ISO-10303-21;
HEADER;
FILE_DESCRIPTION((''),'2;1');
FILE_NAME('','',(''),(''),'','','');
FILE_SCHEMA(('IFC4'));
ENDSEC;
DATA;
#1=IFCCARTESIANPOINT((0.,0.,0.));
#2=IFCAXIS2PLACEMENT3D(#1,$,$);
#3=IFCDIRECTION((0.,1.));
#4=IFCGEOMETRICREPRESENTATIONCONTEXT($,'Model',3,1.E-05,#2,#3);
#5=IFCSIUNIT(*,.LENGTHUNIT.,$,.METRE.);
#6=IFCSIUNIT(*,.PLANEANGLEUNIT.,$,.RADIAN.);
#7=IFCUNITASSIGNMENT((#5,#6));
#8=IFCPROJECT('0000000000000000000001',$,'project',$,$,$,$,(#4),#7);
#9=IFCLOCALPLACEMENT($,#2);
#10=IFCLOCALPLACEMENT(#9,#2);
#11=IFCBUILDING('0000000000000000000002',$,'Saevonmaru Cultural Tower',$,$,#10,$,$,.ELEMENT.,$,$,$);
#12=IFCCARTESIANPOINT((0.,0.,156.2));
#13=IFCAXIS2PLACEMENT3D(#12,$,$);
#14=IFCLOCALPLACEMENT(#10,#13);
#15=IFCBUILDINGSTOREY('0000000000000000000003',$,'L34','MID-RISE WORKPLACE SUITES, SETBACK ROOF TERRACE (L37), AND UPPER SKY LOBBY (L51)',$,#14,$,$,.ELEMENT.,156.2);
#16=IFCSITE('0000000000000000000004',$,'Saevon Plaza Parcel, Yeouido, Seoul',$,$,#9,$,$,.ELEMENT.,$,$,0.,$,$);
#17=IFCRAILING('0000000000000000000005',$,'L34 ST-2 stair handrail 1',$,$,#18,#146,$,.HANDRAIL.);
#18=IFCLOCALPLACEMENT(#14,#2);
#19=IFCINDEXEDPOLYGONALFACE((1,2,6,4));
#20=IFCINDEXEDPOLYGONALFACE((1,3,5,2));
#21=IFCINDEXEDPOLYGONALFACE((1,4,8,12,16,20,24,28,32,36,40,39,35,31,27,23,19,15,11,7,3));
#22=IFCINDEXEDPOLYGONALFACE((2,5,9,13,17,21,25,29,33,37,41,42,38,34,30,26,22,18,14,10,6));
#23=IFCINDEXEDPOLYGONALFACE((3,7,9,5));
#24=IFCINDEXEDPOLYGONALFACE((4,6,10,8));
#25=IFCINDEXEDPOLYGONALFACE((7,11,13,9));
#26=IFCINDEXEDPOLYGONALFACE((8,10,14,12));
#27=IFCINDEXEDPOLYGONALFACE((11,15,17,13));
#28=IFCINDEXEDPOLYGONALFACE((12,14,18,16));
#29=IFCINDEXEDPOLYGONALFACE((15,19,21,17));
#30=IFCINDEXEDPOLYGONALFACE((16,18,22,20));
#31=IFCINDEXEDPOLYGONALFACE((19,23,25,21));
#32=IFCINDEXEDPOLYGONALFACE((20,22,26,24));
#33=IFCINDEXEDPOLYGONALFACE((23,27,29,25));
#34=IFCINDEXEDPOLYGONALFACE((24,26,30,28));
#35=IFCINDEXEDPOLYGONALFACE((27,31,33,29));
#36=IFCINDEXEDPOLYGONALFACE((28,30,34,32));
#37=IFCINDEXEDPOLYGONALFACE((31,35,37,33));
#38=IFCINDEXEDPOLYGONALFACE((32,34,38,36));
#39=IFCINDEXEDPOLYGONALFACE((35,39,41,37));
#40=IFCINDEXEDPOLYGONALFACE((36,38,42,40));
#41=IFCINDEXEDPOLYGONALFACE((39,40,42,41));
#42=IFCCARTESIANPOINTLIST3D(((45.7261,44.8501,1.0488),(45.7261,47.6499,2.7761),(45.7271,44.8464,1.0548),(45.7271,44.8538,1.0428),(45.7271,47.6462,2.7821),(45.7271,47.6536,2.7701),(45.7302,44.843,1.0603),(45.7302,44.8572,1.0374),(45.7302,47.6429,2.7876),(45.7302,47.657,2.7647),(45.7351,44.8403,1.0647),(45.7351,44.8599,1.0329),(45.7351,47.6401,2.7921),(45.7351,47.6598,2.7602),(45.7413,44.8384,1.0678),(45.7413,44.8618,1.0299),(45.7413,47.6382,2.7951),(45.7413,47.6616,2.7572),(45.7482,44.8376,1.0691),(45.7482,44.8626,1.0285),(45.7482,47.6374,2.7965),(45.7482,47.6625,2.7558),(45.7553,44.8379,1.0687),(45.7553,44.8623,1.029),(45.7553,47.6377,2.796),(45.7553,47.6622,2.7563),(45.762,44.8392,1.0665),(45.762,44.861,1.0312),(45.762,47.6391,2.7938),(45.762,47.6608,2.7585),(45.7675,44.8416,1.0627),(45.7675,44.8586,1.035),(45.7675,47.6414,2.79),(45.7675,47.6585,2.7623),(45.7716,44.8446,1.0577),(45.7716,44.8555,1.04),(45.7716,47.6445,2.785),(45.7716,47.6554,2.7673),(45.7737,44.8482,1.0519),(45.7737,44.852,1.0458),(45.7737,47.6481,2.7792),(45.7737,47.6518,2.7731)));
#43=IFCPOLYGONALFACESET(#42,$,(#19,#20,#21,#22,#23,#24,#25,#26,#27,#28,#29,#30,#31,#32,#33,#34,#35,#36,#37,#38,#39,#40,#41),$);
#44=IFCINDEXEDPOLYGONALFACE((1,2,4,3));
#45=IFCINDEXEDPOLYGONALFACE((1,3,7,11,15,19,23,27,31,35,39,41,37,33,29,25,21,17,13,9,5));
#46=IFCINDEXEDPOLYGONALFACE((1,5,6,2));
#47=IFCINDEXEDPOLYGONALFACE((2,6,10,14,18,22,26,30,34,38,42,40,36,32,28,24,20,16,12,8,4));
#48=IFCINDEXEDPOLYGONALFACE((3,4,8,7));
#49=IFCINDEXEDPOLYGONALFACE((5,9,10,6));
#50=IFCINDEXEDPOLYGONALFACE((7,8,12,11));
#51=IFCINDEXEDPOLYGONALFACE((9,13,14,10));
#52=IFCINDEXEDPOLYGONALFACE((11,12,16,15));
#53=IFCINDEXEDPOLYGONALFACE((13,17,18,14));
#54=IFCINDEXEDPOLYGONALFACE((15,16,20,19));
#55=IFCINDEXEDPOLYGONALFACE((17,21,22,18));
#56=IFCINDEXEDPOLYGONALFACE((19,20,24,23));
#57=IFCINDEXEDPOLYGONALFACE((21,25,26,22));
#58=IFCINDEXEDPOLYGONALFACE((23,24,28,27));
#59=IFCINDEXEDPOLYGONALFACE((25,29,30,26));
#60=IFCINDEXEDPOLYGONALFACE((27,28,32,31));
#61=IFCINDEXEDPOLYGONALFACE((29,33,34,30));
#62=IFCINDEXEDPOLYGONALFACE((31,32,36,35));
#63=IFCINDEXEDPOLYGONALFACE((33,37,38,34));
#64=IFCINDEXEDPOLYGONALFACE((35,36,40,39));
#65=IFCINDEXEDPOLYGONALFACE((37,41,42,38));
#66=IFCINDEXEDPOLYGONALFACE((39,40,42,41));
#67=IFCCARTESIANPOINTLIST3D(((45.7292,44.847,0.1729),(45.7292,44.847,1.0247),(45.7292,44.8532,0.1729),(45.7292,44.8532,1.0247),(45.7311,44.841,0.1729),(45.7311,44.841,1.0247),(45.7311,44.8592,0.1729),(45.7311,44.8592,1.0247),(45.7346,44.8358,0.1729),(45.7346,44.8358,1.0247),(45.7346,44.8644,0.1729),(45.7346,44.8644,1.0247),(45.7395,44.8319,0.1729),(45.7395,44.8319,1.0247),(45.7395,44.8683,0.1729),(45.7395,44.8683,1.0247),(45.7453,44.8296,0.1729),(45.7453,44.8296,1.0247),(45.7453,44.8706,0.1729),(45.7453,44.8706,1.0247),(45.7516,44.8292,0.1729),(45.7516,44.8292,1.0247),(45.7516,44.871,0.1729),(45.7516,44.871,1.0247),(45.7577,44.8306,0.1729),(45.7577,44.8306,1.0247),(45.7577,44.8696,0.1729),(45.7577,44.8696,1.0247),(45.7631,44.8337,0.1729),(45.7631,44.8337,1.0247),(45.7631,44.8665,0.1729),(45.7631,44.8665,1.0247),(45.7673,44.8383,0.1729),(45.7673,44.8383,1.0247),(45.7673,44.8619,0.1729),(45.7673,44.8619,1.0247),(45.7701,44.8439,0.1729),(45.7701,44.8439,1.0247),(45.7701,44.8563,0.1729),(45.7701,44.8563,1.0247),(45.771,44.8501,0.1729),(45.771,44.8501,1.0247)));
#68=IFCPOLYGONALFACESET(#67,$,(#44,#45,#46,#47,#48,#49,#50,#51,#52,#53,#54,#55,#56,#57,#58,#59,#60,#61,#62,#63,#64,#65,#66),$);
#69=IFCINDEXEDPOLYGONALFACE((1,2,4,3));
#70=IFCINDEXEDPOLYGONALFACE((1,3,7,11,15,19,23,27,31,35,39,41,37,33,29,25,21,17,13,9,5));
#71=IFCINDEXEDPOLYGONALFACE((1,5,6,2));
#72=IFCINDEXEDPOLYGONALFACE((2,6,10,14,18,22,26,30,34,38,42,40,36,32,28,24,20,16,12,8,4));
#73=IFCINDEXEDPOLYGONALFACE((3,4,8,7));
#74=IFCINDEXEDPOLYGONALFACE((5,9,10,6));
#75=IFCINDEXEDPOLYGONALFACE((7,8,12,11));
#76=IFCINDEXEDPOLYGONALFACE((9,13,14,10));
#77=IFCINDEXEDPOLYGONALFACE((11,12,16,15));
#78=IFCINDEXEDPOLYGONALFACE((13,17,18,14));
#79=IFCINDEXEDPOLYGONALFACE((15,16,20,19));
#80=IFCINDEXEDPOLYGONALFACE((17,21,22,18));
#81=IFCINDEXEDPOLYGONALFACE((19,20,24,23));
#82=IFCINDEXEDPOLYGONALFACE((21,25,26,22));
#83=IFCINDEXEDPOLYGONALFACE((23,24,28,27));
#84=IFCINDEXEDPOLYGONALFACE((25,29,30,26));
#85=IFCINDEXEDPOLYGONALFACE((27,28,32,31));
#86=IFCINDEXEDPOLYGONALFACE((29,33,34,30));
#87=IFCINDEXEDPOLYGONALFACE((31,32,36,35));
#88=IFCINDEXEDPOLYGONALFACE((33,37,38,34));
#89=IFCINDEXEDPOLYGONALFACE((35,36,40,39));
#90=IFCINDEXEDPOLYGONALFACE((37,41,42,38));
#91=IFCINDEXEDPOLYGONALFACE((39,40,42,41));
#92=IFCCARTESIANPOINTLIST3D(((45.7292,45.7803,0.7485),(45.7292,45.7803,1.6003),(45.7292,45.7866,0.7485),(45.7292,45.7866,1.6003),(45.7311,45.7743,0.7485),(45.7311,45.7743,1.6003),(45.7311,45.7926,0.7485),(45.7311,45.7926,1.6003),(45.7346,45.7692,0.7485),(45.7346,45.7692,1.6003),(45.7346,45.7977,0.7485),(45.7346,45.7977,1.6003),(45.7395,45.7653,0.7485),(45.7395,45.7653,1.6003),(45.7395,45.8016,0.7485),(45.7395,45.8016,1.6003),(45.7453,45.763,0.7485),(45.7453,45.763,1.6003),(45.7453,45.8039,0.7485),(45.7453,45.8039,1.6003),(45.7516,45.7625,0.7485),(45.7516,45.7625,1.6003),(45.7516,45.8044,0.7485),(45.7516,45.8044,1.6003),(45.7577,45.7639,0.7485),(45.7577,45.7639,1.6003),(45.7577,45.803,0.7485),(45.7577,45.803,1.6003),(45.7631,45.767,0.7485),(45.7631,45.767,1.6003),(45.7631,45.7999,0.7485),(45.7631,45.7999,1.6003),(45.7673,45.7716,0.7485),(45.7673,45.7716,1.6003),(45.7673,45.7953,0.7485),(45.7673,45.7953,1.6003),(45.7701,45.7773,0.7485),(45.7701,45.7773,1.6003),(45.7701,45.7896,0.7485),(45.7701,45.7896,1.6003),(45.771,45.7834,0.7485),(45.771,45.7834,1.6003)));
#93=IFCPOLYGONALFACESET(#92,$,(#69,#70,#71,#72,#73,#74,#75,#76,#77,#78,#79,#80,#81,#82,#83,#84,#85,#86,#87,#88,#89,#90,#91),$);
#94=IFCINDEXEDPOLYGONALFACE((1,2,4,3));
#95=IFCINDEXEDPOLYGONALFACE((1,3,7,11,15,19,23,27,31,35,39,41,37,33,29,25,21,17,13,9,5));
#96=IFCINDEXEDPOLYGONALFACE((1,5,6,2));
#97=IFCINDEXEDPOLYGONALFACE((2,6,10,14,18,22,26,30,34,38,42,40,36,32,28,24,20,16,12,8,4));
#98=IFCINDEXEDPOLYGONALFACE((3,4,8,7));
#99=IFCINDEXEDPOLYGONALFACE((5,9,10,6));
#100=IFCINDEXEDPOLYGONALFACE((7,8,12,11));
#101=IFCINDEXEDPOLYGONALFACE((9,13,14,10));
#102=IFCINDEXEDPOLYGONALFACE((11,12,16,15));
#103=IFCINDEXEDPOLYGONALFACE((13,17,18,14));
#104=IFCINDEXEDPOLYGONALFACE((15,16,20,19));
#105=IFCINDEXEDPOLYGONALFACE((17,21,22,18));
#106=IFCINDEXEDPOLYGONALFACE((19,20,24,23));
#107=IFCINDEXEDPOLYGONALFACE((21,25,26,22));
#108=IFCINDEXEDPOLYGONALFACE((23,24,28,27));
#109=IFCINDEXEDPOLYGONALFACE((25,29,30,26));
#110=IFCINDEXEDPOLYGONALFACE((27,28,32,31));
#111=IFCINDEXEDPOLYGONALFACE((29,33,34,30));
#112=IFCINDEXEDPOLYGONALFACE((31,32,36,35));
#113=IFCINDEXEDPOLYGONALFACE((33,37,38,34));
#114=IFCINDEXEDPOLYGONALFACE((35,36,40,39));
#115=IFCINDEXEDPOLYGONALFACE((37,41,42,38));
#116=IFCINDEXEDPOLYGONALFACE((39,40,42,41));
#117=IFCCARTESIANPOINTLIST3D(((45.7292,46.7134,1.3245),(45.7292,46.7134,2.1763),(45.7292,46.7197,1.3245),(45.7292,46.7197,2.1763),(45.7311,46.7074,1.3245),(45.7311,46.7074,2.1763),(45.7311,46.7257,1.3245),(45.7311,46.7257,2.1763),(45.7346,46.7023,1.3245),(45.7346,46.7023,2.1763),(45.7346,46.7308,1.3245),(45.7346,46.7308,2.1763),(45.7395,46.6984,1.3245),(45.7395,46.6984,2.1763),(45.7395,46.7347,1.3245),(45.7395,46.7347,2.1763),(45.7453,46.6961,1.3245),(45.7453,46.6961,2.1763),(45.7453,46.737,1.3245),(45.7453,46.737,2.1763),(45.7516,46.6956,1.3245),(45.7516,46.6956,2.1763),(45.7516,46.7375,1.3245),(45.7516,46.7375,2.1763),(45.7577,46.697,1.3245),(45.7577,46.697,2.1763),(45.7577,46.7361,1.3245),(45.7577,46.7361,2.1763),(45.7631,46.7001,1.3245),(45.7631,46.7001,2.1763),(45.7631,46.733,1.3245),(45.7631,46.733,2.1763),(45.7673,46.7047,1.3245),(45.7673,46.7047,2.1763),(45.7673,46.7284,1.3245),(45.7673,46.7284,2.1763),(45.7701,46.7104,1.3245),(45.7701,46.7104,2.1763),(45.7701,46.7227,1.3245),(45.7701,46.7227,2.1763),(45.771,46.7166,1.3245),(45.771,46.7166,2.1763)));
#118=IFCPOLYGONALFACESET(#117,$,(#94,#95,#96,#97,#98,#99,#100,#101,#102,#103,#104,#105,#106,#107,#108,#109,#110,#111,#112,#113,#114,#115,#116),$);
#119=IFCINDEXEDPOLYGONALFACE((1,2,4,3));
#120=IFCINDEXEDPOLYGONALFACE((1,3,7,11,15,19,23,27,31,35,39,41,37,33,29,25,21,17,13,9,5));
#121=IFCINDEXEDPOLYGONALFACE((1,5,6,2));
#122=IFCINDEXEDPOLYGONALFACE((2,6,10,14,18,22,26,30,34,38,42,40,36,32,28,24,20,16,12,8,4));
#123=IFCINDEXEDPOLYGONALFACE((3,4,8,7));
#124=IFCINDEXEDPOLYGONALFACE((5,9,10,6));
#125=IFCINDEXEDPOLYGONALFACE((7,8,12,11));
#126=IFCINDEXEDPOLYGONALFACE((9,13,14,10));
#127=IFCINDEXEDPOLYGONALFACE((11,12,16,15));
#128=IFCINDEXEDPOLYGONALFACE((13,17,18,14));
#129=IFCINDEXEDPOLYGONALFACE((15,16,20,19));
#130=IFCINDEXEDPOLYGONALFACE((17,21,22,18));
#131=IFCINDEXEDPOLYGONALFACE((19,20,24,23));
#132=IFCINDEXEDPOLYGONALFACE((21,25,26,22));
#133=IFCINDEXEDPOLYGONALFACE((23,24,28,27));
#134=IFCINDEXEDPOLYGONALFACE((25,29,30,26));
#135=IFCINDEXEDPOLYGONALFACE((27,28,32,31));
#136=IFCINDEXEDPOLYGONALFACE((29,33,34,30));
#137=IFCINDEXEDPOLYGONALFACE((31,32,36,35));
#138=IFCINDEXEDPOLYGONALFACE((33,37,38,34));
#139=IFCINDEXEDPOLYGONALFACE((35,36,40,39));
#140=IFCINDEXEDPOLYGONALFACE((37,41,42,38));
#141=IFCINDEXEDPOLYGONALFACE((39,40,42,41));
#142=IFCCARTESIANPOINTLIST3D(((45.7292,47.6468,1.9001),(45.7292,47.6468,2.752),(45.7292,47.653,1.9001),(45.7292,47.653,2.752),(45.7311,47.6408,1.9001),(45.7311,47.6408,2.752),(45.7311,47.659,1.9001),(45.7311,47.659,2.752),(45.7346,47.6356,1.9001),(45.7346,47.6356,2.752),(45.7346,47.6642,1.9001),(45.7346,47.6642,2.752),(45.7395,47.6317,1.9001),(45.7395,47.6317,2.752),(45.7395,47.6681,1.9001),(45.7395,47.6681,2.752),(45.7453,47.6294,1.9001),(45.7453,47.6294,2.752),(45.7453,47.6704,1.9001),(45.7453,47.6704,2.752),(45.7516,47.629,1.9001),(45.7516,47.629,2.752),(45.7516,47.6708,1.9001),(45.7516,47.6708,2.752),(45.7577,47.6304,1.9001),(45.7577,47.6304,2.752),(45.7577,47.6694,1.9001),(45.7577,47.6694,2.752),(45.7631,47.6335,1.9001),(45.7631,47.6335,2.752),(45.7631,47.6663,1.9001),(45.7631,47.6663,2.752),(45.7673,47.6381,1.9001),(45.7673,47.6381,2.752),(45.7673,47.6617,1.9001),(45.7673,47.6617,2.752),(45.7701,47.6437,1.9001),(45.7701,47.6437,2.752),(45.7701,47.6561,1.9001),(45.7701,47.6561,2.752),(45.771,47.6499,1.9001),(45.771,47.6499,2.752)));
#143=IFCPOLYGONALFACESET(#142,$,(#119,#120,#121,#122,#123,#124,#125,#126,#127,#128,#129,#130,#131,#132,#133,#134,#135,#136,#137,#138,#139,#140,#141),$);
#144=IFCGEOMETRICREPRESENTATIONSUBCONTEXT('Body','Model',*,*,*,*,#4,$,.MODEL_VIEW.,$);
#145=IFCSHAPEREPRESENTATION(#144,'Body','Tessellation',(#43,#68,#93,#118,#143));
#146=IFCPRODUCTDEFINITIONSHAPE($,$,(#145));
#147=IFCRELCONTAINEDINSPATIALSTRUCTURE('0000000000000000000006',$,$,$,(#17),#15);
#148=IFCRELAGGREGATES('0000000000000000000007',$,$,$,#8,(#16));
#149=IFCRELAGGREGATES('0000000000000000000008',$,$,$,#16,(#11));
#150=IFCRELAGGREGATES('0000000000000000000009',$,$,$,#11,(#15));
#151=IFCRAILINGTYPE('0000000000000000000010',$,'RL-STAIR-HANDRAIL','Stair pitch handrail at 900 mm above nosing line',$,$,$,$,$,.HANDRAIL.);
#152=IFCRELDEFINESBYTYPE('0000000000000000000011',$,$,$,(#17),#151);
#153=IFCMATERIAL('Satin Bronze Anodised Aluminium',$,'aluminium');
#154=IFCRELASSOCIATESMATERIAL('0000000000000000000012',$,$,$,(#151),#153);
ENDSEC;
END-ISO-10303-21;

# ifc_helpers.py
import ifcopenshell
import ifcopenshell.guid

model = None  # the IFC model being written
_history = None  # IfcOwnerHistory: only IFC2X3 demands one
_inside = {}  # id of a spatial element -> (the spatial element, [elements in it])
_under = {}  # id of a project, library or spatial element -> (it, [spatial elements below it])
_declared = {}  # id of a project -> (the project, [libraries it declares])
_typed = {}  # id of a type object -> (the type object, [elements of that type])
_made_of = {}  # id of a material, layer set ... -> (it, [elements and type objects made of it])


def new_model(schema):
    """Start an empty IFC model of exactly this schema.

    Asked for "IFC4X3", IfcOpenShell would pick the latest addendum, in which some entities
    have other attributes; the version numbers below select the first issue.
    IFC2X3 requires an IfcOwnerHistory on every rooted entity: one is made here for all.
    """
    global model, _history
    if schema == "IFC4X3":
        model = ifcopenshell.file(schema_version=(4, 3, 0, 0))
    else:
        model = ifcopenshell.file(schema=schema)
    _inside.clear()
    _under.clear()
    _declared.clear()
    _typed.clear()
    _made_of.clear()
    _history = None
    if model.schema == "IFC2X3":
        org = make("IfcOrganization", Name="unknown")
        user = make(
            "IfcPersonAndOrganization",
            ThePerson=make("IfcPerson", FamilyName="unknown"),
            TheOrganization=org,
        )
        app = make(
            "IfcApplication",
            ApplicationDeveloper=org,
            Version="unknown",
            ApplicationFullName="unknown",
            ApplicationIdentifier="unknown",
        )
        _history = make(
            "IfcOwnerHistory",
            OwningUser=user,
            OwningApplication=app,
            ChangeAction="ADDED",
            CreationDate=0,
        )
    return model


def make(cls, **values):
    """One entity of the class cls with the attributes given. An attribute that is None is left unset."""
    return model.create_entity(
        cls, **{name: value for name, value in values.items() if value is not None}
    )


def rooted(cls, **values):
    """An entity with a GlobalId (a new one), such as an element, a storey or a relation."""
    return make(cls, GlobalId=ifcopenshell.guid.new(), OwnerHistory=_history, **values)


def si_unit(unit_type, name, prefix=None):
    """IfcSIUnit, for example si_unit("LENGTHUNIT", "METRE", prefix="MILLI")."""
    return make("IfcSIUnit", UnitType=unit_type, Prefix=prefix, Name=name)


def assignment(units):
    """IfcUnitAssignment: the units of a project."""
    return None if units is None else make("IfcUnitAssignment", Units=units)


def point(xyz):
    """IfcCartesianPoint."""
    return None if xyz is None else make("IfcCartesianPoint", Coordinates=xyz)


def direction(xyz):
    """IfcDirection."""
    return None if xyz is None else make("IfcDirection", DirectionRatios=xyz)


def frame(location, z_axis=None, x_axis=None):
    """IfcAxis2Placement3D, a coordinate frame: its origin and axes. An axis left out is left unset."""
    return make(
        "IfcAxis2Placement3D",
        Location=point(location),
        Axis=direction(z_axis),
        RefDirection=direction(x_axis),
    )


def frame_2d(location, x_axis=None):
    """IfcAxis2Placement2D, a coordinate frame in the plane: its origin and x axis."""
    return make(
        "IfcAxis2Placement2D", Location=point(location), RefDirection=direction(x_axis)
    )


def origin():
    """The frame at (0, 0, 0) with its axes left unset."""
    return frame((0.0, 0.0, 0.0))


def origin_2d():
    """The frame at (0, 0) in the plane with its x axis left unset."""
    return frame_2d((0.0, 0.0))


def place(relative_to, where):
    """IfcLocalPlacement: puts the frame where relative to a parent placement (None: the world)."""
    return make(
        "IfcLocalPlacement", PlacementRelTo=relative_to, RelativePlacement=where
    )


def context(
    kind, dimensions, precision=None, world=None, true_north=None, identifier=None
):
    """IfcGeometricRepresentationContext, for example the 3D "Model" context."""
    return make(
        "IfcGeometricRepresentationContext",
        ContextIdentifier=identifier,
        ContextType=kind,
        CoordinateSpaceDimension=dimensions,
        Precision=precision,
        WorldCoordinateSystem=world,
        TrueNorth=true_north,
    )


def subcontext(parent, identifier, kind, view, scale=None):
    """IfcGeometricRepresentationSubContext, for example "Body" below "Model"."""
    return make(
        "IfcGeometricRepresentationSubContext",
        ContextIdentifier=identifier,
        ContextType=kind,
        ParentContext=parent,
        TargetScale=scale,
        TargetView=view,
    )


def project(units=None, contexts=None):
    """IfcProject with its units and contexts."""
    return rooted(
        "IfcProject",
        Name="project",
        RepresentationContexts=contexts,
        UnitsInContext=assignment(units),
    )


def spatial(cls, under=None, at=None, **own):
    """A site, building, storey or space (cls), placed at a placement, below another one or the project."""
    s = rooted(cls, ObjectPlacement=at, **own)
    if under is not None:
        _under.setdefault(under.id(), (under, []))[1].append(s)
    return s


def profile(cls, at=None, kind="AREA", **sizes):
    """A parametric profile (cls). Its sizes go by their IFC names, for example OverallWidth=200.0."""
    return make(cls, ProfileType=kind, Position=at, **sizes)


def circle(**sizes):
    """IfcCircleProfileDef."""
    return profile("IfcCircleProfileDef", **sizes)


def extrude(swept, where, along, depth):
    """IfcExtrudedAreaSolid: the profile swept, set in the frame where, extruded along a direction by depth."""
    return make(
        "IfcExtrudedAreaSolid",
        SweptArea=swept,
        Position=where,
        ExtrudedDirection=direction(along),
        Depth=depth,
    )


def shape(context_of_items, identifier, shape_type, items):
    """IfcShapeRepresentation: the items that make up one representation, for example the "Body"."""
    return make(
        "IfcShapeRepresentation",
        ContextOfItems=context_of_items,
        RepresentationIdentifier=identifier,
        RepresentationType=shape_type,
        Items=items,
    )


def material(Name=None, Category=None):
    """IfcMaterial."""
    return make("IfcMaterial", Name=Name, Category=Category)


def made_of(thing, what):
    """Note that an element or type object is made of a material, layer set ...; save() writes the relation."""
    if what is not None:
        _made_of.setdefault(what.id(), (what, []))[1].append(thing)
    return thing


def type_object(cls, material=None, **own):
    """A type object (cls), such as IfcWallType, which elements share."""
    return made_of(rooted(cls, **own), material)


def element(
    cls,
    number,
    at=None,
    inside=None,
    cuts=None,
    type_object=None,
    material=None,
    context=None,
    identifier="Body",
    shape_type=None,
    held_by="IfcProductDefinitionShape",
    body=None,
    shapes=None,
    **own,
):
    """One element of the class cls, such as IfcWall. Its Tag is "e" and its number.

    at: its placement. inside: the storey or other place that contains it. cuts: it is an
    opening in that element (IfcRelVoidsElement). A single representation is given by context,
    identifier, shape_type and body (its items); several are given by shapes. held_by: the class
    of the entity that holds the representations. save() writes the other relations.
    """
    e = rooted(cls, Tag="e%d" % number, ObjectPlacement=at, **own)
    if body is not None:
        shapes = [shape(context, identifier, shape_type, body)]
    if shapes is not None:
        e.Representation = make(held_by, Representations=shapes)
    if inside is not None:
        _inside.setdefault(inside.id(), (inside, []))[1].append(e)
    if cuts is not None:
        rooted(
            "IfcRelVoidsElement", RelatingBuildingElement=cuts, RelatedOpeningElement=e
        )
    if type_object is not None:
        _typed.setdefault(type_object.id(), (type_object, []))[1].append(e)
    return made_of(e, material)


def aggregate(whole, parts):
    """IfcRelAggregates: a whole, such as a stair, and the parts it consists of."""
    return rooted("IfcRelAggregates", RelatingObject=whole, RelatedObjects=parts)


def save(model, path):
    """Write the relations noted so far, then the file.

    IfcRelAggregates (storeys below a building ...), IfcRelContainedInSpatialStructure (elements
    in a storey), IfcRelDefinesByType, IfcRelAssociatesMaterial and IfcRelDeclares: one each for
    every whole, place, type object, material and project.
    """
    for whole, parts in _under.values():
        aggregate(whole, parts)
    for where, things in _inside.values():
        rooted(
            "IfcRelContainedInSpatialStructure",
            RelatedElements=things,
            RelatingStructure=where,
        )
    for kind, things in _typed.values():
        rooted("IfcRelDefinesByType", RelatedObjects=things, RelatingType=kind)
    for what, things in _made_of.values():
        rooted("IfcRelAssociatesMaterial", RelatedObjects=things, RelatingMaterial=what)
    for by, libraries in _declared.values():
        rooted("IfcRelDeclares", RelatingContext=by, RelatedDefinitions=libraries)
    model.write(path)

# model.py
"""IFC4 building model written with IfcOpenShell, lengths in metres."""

from ifc_helpers import new_model, si_unit, direction, frame, origin, origin_2d, place, context, subcontext, project, spatial, circle, extrude, material, type_object, element, save


model = new_model("IFC4")

# Units and contexts
model_context = context("Model", 3, precision=1e-05, world=origin(), true_north=direction((0.0, 1.0)))
body_context = subcontext(model_context, "Body", "Model", "MODEL_VIEW")
ifc_project = project(units=[si_unit("LENGTHUNIT", "METRE"), si_unit("PLANEANGLEUNIT", "RADIAN")], contexts=[model_context])

# Site, building, storey
site_placement = place(None, origin())
site = spatial("IfcSite", under=ifc_project, at=site_placement, Name="Saevon Plaza Parcel, Yeouido, Seoul", CompositionType="ELEMENT", RefElevation=0.0)
building_placement = place(site_placement, origin())
building = spatial("IfcBuilding", under=site, at=building_placement, Name="Saevonmaru Cultural Tower", CompositionType="ELEMENT")
storey_placement = place(building_placement, frame((0.0, 0.0, 156.2)))
storey = spatial("IfcBuildingStorey", under=building, at=storey_placement, Name="L34", Description="MID-RISE WORKPLACE SUITES, SETBACK ROOF TERRACE (L37), AND UPPER SKY LOBBY (L51)", CompositionType="ELEMENT", Elevation=156.2)

# Shared definitions
ifc_material_1 = material(Name="Satin Bronze Anodised Aluminium", Category="aluminium")

# Railing
railing_type_1 = type_object("IfcRailingType", Name="RL-STAIR-HANDRAIL", Description="Stair pitch handrail at 900 mm above nosing line", PredefinedType="HANDRAIL", material=ifc_material_1)
railing_1_placement = place(storey_placement, frame((45.75, 44.8501, 0.1729)))
element("IfcRailing", 1, at=railing_1_placement, inside=storey, type_object=railing_type_1, Name="L34 ST-2 stair handrail 1", PredefinedType="HANDRAIL", context=body_context, shape_type="SweptSolid", body=[
    extrude(circle(Radius=0.0239, at=origin_2d()), frame((0.0, 0.0, 0.876), z_axis=(0.0, 0.851069, 0.525054), x_axis=(-1.0, 0.0, 0.0)), (0.0, 0.0, 1.0), 3.2898),
    extrude(circle(Radius=0.021, at=origin_2d()), origin(), (0.0, 0.0, 1.0), 0.8518),
    extrude(circle(Radius=0.021, at=origin_2d()), frame((0.0, 0.9333, 0.5757)), (0.0, 0.0, 1.0), 0.8518),
    extrude(circle(Radius=0.021, at=origin_2d()), frame((0.0, 1.8665, 1.1516)), (0.0, 0.0, 1.0), 0.8518),
    extrude(circle(Radius=0.021, at=origin_2d()), frame((0.0, 2.7998, 1.7273)), (0.0, 0.0, 1.0), 0.8518),
])

save(model, "model.ifc")
